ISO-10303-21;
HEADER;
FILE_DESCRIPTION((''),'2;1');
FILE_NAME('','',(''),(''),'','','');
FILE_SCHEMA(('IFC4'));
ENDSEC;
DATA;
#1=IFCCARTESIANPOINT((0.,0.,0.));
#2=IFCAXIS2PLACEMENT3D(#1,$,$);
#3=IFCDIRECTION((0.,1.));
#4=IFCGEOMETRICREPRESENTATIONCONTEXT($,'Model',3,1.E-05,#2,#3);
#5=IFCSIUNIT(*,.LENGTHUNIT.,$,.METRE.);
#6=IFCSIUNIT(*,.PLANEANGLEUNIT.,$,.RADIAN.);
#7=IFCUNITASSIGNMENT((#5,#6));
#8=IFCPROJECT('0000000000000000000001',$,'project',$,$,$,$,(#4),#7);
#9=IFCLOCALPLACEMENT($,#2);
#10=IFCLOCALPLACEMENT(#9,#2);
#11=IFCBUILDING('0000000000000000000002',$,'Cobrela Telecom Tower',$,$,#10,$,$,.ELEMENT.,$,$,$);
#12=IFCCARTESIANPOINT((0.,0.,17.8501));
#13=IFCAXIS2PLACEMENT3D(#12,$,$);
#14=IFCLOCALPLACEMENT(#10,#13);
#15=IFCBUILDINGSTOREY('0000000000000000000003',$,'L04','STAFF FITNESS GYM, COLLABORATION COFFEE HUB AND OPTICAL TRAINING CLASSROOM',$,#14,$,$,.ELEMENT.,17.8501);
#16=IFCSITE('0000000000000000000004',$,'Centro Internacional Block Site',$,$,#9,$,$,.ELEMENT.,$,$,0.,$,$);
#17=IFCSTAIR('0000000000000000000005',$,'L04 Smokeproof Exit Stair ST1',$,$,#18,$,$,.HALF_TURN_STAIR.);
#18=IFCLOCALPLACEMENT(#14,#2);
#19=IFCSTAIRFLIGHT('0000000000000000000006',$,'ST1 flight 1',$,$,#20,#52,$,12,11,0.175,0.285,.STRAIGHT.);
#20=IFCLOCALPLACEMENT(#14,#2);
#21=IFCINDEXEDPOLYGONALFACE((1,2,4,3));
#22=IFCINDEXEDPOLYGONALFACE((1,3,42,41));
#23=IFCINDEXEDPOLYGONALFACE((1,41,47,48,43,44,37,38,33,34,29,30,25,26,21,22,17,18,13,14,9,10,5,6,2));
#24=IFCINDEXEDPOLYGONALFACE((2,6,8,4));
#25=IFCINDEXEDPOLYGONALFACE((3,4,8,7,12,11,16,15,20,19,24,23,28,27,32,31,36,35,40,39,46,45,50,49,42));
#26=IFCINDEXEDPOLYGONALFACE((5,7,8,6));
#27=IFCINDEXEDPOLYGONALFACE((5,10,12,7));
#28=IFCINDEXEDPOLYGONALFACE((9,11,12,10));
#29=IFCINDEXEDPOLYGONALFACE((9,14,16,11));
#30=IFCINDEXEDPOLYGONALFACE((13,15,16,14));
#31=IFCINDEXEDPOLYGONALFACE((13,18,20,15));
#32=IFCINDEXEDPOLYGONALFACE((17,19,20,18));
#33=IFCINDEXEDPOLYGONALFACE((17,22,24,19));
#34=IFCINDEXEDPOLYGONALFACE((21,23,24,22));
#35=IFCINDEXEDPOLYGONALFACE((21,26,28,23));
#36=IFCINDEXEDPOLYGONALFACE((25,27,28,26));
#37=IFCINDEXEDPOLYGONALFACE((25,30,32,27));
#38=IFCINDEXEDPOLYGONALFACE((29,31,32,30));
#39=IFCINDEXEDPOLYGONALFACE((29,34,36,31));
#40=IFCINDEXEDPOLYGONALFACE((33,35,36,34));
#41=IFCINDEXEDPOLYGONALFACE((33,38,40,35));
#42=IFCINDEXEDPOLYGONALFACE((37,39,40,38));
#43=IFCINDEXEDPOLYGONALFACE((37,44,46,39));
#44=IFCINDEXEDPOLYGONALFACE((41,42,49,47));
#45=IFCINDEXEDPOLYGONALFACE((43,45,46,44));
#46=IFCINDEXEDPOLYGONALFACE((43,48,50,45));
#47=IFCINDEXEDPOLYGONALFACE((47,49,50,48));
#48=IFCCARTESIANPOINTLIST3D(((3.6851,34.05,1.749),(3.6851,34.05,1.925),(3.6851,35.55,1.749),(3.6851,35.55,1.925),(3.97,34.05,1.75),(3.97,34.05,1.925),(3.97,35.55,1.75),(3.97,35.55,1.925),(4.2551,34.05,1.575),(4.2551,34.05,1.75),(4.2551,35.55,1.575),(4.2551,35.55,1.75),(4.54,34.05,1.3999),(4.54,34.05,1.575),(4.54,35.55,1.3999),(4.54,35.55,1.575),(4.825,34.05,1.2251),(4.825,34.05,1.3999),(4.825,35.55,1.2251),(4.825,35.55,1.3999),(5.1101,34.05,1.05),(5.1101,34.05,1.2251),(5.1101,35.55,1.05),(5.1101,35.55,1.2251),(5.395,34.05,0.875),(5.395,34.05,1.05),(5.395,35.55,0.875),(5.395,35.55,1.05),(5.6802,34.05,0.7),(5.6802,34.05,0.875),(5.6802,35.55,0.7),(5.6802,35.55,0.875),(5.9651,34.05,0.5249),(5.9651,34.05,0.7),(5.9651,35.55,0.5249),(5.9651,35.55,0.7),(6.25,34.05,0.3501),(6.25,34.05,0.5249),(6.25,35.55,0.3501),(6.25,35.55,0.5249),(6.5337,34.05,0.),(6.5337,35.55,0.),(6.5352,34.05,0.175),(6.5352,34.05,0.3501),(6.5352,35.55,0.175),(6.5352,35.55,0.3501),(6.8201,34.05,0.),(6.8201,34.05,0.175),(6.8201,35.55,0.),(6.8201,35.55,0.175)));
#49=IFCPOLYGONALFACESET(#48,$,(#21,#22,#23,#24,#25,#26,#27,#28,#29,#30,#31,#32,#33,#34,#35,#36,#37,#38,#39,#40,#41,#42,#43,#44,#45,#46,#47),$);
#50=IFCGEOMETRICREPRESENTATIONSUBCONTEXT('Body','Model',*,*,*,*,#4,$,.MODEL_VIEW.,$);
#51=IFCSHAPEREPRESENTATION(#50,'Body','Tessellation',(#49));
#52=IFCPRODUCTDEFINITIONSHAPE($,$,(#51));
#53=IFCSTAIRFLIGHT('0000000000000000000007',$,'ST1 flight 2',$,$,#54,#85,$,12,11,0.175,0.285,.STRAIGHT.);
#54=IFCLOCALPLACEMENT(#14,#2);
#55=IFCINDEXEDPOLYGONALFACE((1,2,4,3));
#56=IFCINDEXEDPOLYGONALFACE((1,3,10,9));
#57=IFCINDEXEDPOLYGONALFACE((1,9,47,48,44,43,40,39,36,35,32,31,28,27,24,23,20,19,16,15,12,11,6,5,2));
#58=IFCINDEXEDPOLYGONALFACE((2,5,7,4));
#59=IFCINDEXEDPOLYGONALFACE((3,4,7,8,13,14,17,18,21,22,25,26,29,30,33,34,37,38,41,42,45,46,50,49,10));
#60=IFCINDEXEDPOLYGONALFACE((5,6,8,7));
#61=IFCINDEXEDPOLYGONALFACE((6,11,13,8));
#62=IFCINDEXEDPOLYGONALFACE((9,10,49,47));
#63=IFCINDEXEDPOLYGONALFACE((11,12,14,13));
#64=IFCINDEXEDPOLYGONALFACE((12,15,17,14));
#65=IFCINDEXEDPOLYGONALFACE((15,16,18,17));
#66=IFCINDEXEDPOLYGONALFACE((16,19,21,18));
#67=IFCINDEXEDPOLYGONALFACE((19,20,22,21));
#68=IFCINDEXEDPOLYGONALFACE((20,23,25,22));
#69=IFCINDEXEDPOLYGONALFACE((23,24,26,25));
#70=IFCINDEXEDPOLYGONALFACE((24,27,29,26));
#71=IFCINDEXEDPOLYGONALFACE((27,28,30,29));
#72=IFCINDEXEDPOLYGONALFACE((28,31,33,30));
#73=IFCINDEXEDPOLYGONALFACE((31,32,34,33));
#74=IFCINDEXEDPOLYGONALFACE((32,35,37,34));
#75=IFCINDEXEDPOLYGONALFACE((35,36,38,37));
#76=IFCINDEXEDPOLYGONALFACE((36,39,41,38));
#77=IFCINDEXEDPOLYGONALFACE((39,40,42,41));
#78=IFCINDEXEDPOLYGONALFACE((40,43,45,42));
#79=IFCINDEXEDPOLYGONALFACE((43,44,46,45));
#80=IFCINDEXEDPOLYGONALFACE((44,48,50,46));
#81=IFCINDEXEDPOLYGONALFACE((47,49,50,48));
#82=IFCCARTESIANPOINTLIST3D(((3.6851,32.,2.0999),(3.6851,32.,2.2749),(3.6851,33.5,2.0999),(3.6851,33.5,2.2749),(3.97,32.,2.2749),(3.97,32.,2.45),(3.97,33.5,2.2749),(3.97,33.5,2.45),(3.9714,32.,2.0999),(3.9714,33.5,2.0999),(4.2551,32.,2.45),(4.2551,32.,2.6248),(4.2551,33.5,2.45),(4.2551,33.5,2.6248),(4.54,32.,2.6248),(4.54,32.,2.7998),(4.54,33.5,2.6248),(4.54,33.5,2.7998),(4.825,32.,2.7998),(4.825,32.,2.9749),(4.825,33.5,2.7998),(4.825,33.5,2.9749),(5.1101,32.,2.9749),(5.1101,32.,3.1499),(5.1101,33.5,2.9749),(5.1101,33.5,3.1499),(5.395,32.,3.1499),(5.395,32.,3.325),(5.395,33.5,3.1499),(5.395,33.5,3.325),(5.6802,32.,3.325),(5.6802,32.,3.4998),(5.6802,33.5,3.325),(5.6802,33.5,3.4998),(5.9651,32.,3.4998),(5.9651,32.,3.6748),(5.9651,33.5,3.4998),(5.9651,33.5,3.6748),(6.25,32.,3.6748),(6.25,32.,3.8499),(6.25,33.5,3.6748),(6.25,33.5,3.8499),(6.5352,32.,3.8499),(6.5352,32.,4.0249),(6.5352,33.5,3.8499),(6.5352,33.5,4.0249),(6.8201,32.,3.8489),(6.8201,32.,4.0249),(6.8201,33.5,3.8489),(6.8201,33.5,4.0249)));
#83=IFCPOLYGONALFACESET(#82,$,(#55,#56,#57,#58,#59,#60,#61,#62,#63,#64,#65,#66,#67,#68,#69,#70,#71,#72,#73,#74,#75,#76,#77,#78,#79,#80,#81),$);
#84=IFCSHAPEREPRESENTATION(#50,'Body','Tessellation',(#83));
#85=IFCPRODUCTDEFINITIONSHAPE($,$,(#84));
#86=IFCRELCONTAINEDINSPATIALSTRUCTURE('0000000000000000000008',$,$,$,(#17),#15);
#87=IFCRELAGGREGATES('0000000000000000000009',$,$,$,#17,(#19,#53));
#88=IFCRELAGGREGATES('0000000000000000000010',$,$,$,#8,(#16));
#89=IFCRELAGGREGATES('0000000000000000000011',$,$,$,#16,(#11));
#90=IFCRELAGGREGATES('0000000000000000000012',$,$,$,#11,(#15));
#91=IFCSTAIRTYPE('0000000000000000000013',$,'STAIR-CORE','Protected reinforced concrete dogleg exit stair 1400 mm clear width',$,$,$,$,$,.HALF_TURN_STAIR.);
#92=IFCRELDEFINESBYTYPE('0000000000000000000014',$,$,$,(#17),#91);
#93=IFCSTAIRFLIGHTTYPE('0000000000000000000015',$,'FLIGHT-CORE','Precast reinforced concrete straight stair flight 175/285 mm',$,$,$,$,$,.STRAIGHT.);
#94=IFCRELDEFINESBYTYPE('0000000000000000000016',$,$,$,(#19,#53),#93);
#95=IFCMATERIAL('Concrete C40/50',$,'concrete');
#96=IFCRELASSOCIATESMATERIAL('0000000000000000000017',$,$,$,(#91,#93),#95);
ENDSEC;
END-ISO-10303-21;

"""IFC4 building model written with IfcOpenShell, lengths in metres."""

from ifc_helpers import new_model, si_unit, direction, frame, origin, place, context, subcontext, project, spatial, polyline, outline, extrude, material, type_object, element, aggregate, save


model = new_model("IFC4")

# Units and contexts
model_context = context("Model", 3, precision=1e-05, world=origin(), true_north=direction((0.0, 1.0)))
body_context = subcontext(model_context, "Body", "Model", "MODEL_VIEW")
ifc_project = project(units=[si_unit("LENGTHUNIT", "METRE"), si_unit("PLANEANGLEUNIT", "RADIAN")], contexts=[model_context])

# Site, building, storey
site_placement = place(None, origin())
site = spatial("IfcSite", under=ifc_project, at=site_placement, Name="Centro Internacional Block Site", CompositionType="ELEMENT", RefElevation=0.0)
building_placement = place(site_placement, origin())
building = spatial("IfcBuilding", under=site, at=building_placement, Name="Cobrela Telecom Tower", CompositionType="ELEMENT")
storey_placement = place(building_placement, frame((0.0, 0.0, 17.8501)))
storey = spatial("IfcBuildingStorey", under=building, at=storey_placement, Name="L04", Description="STAFF FITNESS GYM, COLLABORATION COFFEE HUB AND OPTICAL TRAINING CLASSROOM", CompositionType="ELEMENT", Elevation=17.8501)

# Shared definitions
ifc_material_1 = material(Name="Concrete C40/50", Category="concrete")

# Stair, stair flights
stair_type = type_object("IfcStairType", Name="STAIR-CORE", Description="Protected reinforced concrete dogleg exit stair 1400 mm clear width", PredefinedType="HALF_TURN_STAIR", material=ifc_material_1)
stair_placement = place(storey_placement, origin())
stair = element("IfcStair", 1, at=stair_placement, inside=storey, type_object=stair_type, Name="L04 Smokeproof Exit Stair ST1", PredefinedType="HALF_TURN_STAIR")
stair_flight_type = type_object("IfcStairFlightType", Name="FLIGHT-CORE", Description="Precast reinforced concrete straight stair flight 175/285 mm", PredefinedType="STRAIGHT", material=ifc_material_1)
stair_flight_1_placement = place(storey_placement, frame((6.8201, 34.8, 0.0), z_axis=(0.0, 0.0, 1.0), x_axis=(-1.0, 0.0, 0.0)))
stair_flight_1 = element("IfcStairFlight", 2, at=stair_flight_1_placement, type_object=stair_flight_type, Name="ST1 flight 1", NumberOfRisers=12, NumberOfTreads=11, PredefinedType="STRAIGHT", RiserHeight=0.175, TreadLength=0.285, context=body_context, shape_type="SweptSolid", body=[
    extrude(outline(polyline([(0.0, 0.0), (0.0, 0.175), (0.2849, 0.175), (0.2849, 0.3501), (0.5701, 0.3501), (0.5701, 0.5249), (0.855, 0.5249), (0.855, 0.7), (1.1399, 0.7), (1.1399, 0.875), (1.425, 0.875), (1.425, 1.05), (1.71, 1.05), (1.71, 1.2251), (1.9951, 1.2251), (1.9951, 1.3999), (2.28, 1.3999), (2.28, 1.575), (2.5649, 1.575), (2.5649, 1.75), (2.8501, 1.75), (2.8501, 1.925), (3.135, 1.925), (3.135, 2.1001), (3.135, 1.749), (0.2864, 0.0), (0.0, 0.0)])), frame((0.0, 0.75, 0.0), z_axis=(0.0, -1.0, 0.0), x_axis=(1.0, 0.0, 0.0)), (0.0, 0.0, 1.0), 1.5),
])
stair_flight_2_placement = place(storey_placement, frame((3.6851, 32.75, 2.0999), z_axis=(0.0, 0.0, 1.0), x_axis=(1.0, 0.0, 0.0)))
stair_flight_2 = element("IfcStairFlight", 3, at=stair_flight_2_placement, type_object=stair_flight_type, Name="ST1 flight 2", NumberOfRisers=12, NumberOfTreads=11, PredefinedType="STRAIGHT", RiserHeight=0.175, TreadLength=0.285, context=body_context, shape_type="SweptSolid", body=[
    extrude(outline(polyline([(0.0, 0.0), (0.0, 0.175), (0.2849, 0.175), (0.2849, 0.3501), (0.5701, 0.3501), (0.5701, 0.5249), (0.855, 0.5249), (0.855, 0.7), (1.1399, 0.7), (1.1399, 0.875), (1.425, 0.875), (1.425, 1.05), (1.71, 1.05), (1.71, 1.2251), (1.9951, 1.2251), (1.9951, 1.3999), (2.28, 1.3999), (2.28, 1.575), (2.5649, 1.575), (2.5649, 1.75), (2.8501, 1.75), (2.8501, 1.925), (3.135, 1.925), (3.135, 2.1001), (3.135, 1.749), (0.2864, 0.0), (0.0, 0.0)])), frame((0.0, 0.75, 0.0), z_axis=(0.0, -1.0, 0.0), x_axis=(1.0, 0.0, 0.0)), (0.0, 0.0, 1.0), 1.5),
])
aggregate(stair, [stair_flight_1, stair_flight_2])

save(model, "model.ifc")
